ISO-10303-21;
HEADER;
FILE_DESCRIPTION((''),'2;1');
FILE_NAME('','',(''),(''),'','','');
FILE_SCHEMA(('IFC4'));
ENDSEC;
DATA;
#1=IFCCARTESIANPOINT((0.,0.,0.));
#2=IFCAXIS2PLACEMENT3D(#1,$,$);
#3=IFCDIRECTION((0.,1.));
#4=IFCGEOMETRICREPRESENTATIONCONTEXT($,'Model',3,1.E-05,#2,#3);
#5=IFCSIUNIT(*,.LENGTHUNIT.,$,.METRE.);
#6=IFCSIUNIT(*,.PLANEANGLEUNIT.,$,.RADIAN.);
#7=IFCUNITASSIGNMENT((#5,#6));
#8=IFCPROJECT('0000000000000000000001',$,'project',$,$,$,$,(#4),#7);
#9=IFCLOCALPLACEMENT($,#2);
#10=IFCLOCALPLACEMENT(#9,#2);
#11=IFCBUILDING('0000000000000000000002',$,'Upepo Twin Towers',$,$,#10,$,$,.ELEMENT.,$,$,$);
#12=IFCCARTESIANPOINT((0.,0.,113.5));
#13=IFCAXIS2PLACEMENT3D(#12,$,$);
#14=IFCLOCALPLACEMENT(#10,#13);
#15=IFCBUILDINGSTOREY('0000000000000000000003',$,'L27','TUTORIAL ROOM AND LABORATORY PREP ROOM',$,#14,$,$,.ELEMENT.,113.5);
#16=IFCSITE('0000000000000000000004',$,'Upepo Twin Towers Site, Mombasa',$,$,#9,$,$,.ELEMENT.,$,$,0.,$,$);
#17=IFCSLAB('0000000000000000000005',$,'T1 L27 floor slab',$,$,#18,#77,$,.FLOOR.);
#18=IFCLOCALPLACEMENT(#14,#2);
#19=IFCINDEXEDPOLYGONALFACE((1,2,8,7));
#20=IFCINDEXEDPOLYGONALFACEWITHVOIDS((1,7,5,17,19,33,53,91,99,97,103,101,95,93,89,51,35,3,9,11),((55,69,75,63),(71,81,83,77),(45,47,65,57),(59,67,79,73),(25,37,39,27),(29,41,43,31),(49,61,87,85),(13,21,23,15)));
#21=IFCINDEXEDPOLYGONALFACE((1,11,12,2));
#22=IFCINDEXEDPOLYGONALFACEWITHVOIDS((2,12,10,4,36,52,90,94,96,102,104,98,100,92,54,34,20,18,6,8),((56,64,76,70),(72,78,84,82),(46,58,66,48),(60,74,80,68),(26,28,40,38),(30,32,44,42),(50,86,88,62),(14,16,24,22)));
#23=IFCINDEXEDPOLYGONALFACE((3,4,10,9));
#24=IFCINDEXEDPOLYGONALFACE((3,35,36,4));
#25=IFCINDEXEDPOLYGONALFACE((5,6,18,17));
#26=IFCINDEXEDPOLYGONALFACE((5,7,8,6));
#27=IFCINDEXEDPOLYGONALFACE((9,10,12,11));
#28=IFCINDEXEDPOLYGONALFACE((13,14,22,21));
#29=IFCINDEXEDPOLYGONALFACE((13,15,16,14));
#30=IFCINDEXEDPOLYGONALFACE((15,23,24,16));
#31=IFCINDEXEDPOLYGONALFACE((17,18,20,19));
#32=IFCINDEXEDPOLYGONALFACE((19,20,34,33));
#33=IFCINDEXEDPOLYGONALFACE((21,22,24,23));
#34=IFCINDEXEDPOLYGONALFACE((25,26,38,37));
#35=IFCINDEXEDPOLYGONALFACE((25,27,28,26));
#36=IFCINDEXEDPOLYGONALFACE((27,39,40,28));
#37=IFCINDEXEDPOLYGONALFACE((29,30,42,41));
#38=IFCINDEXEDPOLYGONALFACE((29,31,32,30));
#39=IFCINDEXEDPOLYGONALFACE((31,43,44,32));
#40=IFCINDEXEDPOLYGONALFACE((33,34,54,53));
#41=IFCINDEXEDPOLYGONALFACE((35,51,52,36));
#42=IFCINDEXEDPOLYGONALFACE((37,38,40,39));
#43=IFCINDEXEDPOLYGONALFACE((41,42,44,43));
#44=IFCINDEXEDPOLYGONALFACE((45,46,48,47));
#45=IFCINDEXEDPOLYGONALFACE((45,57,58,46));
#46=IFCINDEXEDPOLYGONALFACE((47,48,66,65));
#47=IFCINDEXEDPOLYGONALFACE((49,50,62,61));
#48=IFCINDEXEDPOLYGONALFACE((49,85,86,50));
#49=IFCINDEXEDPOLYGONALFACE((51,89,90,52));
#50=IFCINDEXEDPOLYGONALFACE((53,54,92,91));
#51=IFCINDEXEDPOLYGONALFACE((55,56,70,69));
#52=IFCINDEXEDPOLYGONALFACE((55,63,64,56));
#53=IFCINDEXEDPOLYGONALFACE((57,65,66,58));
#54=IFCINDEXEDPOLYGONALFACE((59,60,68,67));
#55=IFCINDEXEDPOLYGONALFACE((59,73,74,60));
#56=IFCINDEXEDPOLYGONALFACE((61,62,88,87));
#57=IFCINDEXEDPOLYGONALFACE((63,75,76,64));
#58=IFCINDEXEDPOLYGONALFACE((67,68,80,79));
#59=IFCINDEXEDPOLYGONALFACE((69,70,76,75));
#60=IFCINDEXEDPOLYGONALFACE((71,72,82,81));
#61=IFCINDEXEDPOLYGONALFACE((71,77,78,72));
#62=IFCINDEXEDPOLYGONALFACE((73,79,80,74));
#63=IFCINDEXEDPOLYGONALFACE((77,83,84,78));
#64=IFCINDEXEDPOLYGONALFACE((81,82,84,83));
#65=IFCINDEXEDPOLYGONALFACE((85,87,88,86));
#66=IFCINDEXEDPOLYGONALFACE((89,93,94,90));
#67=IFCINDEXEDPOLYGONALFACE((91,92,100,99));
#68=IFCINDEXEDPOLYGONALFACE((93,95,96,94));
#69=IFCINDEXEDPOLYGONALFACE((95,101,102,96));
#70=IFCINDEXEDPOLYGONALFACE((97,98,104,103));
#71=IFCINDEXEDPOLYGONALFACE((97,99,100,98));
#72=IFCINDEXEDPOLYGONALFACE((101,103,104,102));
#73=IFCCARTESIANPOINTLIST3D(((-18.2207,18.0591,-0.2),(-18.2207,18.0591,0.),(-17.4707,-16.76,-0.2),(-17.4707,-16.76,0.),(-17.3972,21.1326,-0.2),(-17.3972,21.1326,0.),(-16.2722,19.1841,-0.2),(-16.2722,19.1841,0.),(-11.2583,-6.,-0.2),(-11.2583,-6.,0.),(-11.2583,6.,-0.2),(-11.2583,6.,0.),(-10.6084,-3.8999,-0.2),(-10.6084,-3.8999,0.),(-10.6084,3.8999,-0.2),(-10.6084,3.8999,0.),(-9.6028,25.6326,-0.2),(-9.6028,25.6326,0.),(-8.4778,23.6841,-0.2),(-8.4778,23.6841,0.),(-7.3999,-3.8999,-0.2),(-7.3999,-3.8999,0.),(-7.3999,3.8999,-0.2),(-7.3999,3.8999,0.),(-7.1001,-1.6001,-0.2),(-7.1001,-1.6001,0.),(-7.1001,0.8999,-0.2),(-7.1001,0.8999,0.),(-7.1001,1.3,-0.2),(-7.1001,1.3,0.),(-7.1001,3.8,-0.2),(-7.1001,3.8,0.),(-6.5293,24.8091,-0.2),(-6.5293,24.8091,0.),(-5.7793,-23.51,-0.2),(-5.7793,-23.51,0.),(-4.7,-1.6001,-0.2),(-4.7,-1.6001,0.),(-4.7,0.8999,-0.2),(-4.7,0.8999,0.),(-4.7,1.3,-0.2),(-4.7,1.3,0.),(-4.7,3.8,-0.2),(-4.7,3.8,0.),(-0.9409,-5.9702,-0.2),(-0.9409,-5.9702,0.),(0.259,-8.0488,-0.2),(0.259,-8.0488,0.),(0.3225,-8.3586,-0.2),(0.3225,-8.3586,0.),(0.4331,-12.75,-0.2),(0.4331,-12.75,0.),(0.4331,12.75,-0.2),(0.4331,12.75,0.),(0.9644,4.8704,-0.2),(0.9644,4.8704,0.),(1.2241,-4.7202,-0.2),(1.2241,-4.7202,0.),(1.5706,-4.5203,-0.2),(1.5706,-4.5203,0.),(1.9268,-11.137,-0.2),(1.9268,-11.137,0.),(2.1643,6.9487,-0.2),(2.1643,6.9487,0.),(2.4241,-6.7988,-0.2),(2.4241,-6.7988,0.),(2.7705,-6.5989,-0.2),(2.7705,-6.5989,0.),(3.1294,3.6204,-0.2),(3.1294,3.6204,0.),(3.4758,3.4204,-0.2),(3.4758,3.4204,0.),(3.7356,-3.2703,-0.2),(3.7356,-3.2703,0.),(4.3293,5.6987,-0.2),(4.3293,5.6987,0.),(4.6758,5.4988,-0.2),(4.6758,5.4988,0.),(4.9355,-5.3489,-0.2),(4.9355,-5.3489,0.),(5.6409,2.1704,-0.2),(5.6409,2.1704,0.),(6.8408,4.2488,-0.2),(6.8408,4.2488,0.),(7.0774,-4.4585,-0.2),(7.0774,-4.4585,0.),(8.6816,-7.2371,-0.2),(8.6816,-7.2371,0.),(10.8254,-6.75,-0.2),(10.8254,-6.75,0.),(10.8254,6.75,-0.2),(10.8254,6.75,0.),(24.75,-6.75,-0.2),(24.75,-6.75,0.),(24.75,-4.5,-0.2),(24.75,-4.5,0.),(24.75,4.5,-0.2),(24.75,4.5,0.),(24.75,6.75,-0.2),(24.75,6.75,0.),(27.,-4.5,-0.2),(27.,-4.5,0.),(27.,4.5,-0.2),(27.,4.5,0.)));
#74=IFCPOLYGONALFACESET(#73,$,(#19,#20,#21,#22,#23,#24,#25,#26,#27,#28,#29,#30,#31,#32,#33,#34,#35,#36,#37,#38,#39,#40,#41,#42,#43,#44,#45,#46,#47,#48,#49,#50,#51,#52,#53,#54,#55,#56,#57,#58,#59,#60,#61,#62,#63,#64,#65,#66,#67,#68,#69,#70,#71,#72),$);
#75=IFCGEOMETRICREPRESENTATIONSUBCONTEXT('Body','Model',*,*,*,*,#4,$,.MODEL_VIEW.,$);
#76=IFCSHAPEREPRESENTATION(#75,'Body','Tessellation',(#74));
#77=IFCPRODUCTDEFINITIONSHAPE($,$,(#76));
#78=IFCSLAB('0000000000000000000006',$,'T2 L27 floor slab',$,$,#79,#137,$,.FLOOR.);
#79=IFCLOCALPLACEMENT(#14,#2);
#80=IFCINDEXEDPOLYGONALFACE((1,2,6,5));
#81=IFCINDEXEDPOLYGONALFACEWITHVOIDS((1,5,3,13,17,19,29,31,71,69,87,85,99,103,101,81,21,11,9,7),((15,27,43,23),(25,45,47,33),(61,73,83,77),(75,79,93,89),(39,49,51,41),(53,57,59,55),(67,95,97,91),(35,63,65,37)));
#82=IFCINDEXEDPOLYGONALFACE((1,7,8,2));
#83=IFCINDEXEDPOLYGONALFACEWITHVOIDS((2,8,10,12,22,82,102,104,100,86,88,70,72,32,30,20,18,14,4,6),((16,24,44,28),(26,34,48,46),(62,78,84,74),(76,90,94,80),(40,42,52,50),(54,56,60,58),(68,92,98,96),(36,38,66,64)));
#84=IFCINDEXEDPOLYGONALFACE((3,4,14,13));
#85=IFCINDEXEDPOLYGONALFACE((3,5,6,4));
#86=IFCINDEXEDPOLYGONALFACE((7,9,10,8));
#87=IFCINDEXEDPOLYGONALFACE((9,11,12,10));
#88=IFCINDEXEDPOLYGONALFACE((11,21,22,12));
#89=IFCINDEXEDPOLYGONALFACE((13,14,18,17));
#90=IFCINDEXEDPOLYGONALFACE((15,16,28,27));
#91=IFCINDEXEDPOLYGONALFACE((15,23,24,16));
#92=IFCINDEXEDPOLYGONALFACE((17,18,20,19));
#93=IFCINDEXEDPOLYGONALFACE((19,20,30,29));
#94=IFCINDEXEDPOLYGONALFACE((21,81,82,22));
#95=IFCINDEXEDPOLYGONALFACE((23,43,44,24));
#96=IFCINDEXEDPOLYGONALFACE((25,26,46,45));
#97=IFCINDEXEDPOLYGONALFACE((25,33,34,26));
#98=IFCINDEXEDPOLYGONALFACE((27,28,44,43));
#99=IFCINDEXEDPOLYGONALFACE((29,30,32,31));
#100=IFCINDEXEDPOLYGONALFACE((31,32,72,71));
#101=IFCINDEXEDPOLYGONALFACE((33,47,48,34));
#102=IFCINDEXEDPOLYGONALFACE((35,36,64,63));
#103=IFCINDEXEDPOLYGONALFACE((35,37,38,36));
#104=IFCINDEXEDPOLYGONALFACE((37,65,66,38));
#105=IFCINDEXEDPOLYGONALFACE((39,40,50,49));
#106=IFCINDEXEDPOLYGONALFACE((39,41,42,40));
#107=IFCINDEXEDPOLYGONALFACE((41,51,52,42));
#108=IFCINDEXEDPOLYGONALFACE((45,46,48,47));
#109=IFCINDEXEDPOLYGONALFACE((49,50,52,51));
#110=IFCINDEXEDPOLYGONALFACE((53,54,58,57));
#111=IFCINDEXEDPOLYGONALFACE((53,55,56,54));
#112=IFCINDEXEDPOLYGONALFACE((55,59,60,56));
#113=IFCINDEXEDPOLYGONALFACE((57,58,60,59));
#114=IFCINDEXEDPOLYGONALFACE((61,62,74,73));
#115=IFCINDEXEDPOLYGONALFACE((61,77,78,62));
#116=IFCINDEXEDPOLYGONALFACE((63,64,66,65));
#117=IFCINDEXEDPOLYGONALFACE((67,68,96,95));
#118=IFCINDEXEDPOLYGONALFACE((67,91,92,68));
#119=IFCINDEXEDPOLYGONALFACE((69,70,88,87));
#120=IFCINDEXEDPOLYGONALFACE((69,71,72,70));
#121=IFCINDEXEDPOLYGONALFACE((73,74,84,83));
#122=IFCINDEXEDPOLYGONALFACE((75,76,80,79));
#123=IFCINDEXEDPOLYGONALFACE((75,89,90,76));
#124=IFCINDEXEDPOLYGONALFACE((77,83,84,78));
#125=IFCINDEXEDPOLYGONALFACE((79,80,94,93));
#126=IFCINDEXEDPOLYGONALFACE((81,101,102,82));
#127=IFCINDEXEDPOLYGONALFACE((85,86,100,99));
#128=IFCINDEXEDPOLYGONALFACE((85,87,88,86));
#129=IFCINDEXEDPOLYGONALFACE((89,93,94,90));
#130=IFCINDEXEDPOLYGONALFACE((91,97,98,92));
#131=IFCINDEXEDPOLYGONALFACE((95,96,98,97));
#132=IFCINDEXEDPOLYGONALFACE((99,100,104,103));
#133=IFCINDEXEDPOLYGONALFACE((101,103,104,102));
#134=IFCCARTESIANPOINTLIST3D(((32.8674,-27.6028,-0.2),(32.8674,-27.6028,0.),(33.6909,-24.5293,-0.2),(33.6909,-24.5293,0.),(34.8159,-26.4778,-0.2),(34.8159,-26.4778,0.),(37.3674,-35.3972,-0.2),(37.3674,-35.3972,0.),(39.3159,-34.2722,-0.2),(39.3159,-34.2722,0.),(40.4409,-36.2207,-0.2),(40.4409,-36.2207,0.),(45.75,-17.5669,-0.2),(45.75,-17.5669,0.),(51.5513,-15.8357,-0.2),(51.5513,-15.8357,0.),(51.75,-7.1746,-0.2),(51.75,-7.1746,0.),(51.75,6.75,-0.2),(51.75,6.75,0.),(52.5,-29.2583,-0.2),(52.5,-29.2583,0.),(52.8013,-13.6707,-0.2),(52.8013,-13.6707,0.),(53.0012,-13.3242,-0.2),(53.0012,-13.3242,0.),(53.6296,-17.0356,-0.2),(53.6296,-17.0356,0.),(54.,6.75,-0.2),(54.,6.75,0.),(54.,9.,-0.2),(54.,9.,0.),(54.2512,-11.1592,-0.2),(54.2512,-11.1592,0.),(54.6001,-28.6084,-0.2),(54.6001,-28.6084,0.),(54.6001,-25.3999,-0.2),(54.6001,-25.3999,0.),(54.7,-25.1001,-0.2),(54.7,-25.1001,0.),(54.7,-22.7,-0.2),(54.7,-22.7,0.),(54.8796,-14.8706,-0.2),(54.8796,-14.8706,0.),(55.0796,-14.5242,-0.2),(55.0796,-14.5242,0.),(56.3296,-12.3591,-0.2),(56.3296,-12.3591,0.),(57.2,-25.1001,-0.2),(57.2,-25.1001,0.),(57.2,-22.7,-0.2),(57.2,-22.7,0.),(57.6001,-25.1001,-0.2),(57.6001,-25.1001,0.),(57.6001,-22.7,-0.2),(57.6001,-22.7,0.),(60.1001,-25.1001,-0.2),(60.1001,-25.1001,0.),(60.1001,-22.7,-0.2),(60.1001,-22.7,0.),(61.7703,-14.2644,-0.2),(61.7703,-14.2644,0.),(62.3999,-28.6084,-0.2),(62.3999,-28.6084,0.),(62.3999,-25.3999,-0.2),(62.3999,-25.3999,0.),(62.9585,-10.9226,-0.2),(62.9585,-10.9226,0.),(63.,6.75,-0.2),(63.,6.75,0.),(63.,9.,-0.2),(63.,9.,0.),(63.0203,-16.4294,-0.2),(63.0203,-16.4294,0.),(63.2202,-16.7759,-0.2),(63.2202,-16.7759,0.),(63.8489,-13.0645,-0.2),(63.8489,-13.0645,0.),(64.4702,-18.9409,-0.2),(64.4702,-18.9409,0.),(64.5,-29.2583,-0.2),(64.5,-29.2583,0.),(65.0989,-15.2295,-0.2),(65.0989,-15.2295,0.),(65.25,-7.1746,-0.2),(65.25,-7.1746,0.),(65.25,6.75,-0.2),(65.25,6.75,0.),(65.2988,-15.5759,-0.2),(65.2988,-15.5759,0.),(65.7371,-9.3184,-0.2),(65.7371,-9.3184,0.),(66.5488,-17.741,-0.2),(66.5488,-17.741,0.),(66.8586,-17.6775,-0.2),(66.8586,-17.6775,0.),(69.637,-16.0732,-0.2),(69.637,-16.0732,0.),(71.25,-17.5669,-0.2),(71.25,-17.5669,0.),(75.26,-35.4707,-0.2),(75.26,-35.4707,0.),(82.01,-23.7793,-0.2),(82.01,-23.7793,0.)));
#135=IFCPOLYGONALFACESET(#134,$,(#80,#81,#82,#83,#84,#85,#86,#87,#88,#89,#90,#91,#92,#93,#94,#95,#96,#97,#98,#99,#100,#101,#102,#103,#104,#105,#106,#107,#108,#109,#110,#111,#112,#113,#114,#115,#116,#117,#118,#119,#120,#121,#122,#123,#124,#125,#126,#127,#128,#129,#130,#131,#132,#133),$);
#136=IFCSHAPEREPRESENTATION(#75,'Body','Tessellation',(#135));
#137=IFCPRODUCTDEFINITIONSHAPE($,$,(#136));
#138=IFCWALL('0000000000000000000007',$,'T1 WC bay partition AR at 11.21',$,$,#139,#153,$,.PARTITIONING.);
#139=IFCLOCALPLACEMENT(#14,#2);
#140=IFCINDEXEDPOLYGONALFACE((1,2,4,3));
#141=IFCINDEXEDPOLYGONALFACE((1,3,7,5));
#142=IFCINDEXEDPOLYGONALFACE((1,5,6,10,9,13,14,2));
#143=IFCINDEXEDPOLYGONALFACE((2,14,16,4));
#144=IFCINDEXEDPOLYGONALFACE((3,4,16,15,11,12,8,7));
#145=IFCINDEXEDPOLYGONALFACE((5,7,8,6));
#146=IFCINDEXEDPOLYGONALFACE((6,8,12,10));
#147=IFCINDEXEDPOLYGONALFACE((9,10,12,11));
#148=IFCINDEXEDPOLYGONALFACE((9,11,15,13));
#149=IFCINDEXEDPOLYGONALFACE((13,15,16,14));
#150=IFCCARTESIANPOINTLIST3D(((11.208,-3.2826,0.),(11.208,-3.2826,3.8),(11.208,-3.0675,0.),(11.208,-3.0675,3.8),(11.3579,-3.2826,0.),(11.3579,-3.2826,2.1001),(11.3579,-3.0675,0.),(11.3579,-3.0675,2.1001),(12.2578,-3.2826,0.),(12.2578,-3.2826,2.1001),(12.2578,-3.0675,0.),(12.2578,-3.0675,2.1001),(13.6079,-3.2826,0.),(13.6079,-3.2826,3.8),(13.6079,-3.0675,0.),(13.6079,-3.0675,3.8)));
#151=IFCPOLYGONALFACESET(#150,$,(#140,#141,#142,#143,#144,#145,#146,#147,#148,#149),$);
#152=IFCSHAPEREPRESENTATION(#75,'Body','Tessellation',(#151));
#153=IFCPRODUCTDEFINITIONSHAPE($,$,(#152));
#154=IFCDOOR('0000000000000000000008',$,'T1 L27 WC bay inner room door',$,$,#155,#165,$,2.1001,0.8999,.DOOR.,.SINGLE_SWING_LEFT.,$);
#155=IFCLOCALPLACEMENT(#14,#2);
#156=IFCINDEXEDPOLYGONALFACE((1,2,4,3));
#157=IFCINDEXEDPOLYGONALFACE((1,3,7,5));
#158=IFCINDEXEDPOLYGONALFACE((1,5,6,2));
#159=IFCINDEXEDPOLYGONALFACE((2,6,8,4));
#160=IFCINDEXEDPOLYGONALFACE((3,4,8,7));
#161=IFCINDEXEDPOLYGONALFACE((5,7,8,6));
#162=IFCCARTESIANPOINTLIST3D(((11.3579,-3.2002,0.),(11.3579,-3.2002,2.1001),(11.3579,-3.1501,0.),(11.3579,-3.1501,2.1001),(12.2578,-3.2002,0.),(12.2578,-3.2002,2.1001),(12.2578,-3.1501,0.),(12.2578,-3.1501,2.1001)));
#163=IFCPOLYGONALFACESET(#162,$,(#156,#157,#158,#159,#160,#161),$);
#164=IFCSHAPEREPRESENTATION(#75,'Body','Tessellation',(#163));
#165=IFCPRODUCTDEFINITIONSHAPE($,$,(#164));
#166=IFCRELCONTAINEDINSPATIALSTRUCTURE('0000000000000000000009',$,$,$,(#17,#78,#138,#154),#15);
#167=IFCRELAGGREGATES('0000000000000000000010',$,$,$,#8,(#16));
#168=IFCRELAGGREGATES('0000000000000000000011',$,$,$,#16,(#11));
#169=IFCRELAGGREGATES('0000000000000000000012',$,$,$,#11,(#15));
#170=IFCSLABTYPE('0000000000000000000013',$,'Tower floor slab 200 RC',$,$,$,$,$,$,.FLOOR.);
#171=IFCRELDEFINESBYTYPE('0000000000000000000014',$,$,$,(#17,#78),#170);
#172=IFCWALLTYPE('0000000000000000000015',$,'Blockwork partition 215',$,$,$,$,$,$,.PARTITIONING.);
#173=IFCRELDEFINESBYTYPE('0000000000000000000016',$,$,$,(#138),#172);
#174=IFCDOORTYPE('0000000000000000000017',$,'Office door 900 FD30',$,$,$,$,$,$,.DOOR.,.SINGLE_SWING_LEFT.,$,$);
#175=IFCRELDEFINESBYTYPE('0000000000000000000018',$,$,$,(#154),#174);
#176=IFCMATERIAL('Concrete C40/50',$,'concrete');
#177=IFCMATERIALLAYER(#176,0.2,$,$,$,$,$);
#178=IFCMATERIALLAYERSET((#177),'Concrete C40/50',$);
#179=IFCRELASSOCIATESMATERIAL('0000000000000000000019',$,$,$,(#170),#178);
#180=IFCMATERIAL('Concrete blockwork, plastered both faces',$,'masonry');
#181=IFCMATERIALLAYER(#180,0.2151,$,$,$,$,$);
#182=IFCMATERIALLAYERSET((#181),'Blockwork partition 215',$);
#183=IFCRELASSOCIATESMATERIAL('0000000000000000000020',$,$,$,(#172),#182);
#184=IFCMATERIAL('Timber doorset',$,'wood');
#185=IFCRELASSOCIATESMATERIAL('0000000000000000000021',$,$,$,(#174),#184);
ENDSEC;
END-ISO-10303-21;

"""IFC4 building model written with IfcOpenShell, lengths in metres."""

from ifc_helpers import new_model, si_unit, direction, frame, frame_2d, origin, place, context, subcontext, project, spatial, polyline, rectangle, outline, extrude, material, layer, layer_set, type_object, element, fill, save


model = new_model("IFC4")

# Units and contexts
model_context = context("Model", 3, precision=1e-05, world=origin(), true_north=direction((0.0, 1.0)))
body_context = subcontext(model_context, "Body", "Model", "MODEL_VIEW")
ifc_project = project(units=[si_unit("LENGTHUNIT", "METRE"), si_unit("PLANEANGLEUNIT", "RADIAN")], contexts=[model_context])

# Site, building, storey
site_placement = place(None, origin())
site = spatial("IfcSite", under=ifc_project, at=site_placement, Name="Upepo Twin Towers Site, Mombasa", CompositionType="ELEMENT", RefElevation=0.0)
building_placement = place(site_placement, origin())
building = spatial("IfcBuilding", under=site, at=building_placement, Name="Upepo Twin Towers", CompositionType="ELEMENT")
storey_placement = place(building_placement, frame((0.0, 0.0, 113.5)))
storey = spatial("IfcBuildingStorey", under=building, at=storey_placement, Name="L27", Description="TUTORIAL ROOM AND LABORATORY PREP ROOM", CompositionType="ELEMENT", Elevation=113.5)

# Slabs
ifc_material_1 = material(Name="Concrete C40/50", Category="concrete")
ifc_layer_1 = layer(ifc_material_1, 0.2)
ifc_layer_set_1 = layer_set([ifc_layer_1], Name="Concrete C40/50")
slab_type_1 = type_object("IfcSlabType", Name="Tower floor slab 200 RC", PredefinedType="FLOOR", material=ifc_layer_set_1)
slab_1_placement = place(storey_placement, frame((0.0, 0.0, -0.2)))
element("IfcSlab", 1, at=slab_1_placement, inside=storey, type_object=slab_type_1, Name="T1 L27 floor slab", PredefinedType="FLOOR", context=body_context, shape_type="SweptSolid", body=[
    extrude(outline(polyline([(-17.4707, -16.76), (-11.2583, -6.0), (-11.2583, 6.0), (-18.2207, 18.0591), (-16.2722, 19.1841), (-17.3972, 21.1326), (-9.6028, 25.6326), (-8.4778, 23.6841), (-6.5293, 24.8091), (0.4331, 12.75), (10.8254, 6.75), (24.75, 6.75), (24.75, 4.5), (27.0, 4.5), (27.0, -4.5), (24.75, -4.5), (24.75, -6.75), (10.8254, -6.75), (0.4331, -12.75), (-5.7793, -23.51), (-17.4707, -16.76)]), holes=[polyline([(5.6409, 2.1704), (6.8408, 4.2488), (4.6758, 5.4988), (3.4758, 3.4204), (5.6409, 2.1704)]), polyline([(3.1294, 3.6204), (4.3293, 5.6987), (2.1643, 6.9487), (0.9644, 4.8704), (3.1294, 3.6204)]), polyline([(-4.7, 3.8), (-7.1001, 3.8), (-7.1001, 1.3), (-4.7, 1.3), (-4.7, 3.8)]), polyline([(-4.7, 0.8999), (-7.1001, 0.8999), (-7.1001, -1.6001), (-4.7, -1.6001), (-4.7, 0.8999)]), polyline([(-7.3999, 3.8999), (-10.6084, 3.8999), (-10.6084, -3.8999), (-7.3999, -3.8999), (-7.3999, 3.8999)]), polyline([(-0.9409, -5.9702), (0.259, -8.0488), (2.4241, -6.7988), (1.2241, -4.7202), (-0.9409, -5.9702)]), polyline([(1.5706, -4.5203), (2.7705, -6.5989), (4.9355, -5.3489), (3.7356, -3.2703), (1.5706, -4.5203)]), polyline([(0.3225, -8.3586), (1.9268, -11.137), (8.6816, -7.2371), (7.0774, -4.4585), (0.3225, -8.3586)])]), origin(), (0.0, 0.0, 1.0), 0.2),
])
slab_2_placement = place(storey_placement, frame((0.0, 0.0, -0.2)))
element("IfcSlab", 2, at=slab_2_placement, inside=storey, type_object=slab_type_1, Name="T2 L27 floor slab", PredefinedType="FLOOR", context=body_context, shape_type="SweptSolid", body=[
    extrude(outline(polyline([(75.26, -35.4707), (64.5, -29.2583), (52.5, -29.2583), (40.4409, -36.2207), (39.3159, -34.2722), (37.3674, -35.3972), (32.8674, -27.6028), (34.8159, -26.4778), (33.6909, -24.5293), (45.75, -17.5669), (51.75, -7.1746), (51.75, 6.75), (54.0, 6.75), (54.0, 9.0), (63.0, 9.0), (63.0, 6.75), (65.25, 6.75), (65.25, -7.1746), (71.25, -17.5669), (82.01, -23.7793), (75.26, -35.4707)]), holes=[polyline([(56.3296, -12.3591), (54.2512, -11.1592), (53.0012, -13.3242), (55.0796, -14.5242), (56.3296, -12.3591)]), polyline([(54.8796, -14.8706), (52.8013, -13.6707), (51.5513, -15.8357), (53.6296, -17.0356), (54.8796, -14.8706)]), polyline([(54.7, -22.7), (54.7, -25.1001), (57.2, -25.1001), (57.2, -22.7), (54.7, -22.7)]), polyline([(57.6001, -22.7), (57.6001, -25.1001), (60.1001, -25.1001), (60.1001, -22.7), (57.6001, -22.7)]), polyline([(54.6001, -25.3999), (54.6001, -28.6084), (62.3999, -28.6084), (62.3999, -25.3999), (54.6001, -25.3999)]), polyline([(64.4702, -18.9409), (66.5488, -17.741), (65.2988, -15.5759), (63.2202, -16.7759), (64.4702, -18.9409)]), polyline([(63.0203, -16.4294), (65.0989, -15.2295), (63.8489, -13.0645), (61.7703, -14.2644), (63.0203, -16.4294)]), polyline([(66.8586, -17.6775), (69.637, -16.0732), (65.7371, -9.3184), (62.9585, -10.9226), (66.8586, -17.6775)])]), origin(), (0.0, 0.0, 1.0), 0.2),
])

# Wall, opening, door
ifc_material_2 = material(Name="Concrete blockwork, plastered both faces", Category="masonry")
ifc_layer_2 = layer(ifc_material_2, 0.2151)
ifc_layer_set_2 = layer_set([ifc_layer_2], Name="Blockwork partition 215")
wall_type_1 = type_object("IfcWallType", Name="Blockwork partition 215", PredefinedType="PARTITIONING", material=ifc_layer_set_2)
wall_1_placement = place(storey_placement, frame((11.208, -3.175, 0.0), z_axis=(0.0, 0.0, 1.0), x_axis=(1.0, 0.0, 0.0)))
wall_1 = element("IfcWall", 3, at=wall_1_placement, inside=storey, type_object=wall_type_1, Name="T1 WC bay partition AR at 11.21", PredefinedType="PARTITIONING", context=body_context, shape_type="SweptSolid", body=[
    extrude(rectangle(XDim=2.3999, YDim=0.2151, at=frame_2d((1.2, 0.0))), origin(), (0.0, 0.0, 1.0), 3.8),
])
opening_1_placement = place(wall_1_placement, frame((0.1499, 0.0, 0.0)))
opening_1 = element("IfcOpeningElement", 4, at=opening_1_placement, cuts=wall_1, PredefinedType="OPENING", context=body_context, shape_type="SweptSolid", body=[
    extrude(rectangle(XDim=0.8999, YDim=2.1001, at=frame_2d((0.45, 1.05))), frame((0.0, 0.1174, 0.0), z_axis=(0.0, -1.0, 0.0), x_axis=(1.0, 0.0, 0.0)), (0.0, 0.0, 1.0), 0.2351),
])
ifc_material_3 = material(Name="Timber doorset", Category="wood")
door_type_1 = type_object("IfcDoorType", Name="Office door 900 FD30", OperationType="SINGLE_SWING_LEFT", PredefinedType="DOOR", material=ifc_material_3)
door_1_placement = place(opening_1_placement, origin())
door_1 = element("IfcDoor", 5, at=door_1_placement, inside=storey, type_object=door_type_1, Name="T1 L27 WC bay inner room door", OperationType="SINGLE_SWING_LEFT", OverallHeight=2.1001, OverallWidth=0.8999, PredefinedType="DOOR", context=body_context, shape_type="SweptSolid", body=[
    extrude(rectangle(XDim=0.8999, YDim=2.1001, at=frame_2d((0.45, 1.05))), frame((0.0, 0.0249, 0.0), z_axis=(0.0, -1.0, 0.0), x_axis=(1.0, 0.0, 0.0)), (0.0, 0.0, 1.0), 0.05),
])
fill(opening_1, door_1)

save(model, "model.ifc")
